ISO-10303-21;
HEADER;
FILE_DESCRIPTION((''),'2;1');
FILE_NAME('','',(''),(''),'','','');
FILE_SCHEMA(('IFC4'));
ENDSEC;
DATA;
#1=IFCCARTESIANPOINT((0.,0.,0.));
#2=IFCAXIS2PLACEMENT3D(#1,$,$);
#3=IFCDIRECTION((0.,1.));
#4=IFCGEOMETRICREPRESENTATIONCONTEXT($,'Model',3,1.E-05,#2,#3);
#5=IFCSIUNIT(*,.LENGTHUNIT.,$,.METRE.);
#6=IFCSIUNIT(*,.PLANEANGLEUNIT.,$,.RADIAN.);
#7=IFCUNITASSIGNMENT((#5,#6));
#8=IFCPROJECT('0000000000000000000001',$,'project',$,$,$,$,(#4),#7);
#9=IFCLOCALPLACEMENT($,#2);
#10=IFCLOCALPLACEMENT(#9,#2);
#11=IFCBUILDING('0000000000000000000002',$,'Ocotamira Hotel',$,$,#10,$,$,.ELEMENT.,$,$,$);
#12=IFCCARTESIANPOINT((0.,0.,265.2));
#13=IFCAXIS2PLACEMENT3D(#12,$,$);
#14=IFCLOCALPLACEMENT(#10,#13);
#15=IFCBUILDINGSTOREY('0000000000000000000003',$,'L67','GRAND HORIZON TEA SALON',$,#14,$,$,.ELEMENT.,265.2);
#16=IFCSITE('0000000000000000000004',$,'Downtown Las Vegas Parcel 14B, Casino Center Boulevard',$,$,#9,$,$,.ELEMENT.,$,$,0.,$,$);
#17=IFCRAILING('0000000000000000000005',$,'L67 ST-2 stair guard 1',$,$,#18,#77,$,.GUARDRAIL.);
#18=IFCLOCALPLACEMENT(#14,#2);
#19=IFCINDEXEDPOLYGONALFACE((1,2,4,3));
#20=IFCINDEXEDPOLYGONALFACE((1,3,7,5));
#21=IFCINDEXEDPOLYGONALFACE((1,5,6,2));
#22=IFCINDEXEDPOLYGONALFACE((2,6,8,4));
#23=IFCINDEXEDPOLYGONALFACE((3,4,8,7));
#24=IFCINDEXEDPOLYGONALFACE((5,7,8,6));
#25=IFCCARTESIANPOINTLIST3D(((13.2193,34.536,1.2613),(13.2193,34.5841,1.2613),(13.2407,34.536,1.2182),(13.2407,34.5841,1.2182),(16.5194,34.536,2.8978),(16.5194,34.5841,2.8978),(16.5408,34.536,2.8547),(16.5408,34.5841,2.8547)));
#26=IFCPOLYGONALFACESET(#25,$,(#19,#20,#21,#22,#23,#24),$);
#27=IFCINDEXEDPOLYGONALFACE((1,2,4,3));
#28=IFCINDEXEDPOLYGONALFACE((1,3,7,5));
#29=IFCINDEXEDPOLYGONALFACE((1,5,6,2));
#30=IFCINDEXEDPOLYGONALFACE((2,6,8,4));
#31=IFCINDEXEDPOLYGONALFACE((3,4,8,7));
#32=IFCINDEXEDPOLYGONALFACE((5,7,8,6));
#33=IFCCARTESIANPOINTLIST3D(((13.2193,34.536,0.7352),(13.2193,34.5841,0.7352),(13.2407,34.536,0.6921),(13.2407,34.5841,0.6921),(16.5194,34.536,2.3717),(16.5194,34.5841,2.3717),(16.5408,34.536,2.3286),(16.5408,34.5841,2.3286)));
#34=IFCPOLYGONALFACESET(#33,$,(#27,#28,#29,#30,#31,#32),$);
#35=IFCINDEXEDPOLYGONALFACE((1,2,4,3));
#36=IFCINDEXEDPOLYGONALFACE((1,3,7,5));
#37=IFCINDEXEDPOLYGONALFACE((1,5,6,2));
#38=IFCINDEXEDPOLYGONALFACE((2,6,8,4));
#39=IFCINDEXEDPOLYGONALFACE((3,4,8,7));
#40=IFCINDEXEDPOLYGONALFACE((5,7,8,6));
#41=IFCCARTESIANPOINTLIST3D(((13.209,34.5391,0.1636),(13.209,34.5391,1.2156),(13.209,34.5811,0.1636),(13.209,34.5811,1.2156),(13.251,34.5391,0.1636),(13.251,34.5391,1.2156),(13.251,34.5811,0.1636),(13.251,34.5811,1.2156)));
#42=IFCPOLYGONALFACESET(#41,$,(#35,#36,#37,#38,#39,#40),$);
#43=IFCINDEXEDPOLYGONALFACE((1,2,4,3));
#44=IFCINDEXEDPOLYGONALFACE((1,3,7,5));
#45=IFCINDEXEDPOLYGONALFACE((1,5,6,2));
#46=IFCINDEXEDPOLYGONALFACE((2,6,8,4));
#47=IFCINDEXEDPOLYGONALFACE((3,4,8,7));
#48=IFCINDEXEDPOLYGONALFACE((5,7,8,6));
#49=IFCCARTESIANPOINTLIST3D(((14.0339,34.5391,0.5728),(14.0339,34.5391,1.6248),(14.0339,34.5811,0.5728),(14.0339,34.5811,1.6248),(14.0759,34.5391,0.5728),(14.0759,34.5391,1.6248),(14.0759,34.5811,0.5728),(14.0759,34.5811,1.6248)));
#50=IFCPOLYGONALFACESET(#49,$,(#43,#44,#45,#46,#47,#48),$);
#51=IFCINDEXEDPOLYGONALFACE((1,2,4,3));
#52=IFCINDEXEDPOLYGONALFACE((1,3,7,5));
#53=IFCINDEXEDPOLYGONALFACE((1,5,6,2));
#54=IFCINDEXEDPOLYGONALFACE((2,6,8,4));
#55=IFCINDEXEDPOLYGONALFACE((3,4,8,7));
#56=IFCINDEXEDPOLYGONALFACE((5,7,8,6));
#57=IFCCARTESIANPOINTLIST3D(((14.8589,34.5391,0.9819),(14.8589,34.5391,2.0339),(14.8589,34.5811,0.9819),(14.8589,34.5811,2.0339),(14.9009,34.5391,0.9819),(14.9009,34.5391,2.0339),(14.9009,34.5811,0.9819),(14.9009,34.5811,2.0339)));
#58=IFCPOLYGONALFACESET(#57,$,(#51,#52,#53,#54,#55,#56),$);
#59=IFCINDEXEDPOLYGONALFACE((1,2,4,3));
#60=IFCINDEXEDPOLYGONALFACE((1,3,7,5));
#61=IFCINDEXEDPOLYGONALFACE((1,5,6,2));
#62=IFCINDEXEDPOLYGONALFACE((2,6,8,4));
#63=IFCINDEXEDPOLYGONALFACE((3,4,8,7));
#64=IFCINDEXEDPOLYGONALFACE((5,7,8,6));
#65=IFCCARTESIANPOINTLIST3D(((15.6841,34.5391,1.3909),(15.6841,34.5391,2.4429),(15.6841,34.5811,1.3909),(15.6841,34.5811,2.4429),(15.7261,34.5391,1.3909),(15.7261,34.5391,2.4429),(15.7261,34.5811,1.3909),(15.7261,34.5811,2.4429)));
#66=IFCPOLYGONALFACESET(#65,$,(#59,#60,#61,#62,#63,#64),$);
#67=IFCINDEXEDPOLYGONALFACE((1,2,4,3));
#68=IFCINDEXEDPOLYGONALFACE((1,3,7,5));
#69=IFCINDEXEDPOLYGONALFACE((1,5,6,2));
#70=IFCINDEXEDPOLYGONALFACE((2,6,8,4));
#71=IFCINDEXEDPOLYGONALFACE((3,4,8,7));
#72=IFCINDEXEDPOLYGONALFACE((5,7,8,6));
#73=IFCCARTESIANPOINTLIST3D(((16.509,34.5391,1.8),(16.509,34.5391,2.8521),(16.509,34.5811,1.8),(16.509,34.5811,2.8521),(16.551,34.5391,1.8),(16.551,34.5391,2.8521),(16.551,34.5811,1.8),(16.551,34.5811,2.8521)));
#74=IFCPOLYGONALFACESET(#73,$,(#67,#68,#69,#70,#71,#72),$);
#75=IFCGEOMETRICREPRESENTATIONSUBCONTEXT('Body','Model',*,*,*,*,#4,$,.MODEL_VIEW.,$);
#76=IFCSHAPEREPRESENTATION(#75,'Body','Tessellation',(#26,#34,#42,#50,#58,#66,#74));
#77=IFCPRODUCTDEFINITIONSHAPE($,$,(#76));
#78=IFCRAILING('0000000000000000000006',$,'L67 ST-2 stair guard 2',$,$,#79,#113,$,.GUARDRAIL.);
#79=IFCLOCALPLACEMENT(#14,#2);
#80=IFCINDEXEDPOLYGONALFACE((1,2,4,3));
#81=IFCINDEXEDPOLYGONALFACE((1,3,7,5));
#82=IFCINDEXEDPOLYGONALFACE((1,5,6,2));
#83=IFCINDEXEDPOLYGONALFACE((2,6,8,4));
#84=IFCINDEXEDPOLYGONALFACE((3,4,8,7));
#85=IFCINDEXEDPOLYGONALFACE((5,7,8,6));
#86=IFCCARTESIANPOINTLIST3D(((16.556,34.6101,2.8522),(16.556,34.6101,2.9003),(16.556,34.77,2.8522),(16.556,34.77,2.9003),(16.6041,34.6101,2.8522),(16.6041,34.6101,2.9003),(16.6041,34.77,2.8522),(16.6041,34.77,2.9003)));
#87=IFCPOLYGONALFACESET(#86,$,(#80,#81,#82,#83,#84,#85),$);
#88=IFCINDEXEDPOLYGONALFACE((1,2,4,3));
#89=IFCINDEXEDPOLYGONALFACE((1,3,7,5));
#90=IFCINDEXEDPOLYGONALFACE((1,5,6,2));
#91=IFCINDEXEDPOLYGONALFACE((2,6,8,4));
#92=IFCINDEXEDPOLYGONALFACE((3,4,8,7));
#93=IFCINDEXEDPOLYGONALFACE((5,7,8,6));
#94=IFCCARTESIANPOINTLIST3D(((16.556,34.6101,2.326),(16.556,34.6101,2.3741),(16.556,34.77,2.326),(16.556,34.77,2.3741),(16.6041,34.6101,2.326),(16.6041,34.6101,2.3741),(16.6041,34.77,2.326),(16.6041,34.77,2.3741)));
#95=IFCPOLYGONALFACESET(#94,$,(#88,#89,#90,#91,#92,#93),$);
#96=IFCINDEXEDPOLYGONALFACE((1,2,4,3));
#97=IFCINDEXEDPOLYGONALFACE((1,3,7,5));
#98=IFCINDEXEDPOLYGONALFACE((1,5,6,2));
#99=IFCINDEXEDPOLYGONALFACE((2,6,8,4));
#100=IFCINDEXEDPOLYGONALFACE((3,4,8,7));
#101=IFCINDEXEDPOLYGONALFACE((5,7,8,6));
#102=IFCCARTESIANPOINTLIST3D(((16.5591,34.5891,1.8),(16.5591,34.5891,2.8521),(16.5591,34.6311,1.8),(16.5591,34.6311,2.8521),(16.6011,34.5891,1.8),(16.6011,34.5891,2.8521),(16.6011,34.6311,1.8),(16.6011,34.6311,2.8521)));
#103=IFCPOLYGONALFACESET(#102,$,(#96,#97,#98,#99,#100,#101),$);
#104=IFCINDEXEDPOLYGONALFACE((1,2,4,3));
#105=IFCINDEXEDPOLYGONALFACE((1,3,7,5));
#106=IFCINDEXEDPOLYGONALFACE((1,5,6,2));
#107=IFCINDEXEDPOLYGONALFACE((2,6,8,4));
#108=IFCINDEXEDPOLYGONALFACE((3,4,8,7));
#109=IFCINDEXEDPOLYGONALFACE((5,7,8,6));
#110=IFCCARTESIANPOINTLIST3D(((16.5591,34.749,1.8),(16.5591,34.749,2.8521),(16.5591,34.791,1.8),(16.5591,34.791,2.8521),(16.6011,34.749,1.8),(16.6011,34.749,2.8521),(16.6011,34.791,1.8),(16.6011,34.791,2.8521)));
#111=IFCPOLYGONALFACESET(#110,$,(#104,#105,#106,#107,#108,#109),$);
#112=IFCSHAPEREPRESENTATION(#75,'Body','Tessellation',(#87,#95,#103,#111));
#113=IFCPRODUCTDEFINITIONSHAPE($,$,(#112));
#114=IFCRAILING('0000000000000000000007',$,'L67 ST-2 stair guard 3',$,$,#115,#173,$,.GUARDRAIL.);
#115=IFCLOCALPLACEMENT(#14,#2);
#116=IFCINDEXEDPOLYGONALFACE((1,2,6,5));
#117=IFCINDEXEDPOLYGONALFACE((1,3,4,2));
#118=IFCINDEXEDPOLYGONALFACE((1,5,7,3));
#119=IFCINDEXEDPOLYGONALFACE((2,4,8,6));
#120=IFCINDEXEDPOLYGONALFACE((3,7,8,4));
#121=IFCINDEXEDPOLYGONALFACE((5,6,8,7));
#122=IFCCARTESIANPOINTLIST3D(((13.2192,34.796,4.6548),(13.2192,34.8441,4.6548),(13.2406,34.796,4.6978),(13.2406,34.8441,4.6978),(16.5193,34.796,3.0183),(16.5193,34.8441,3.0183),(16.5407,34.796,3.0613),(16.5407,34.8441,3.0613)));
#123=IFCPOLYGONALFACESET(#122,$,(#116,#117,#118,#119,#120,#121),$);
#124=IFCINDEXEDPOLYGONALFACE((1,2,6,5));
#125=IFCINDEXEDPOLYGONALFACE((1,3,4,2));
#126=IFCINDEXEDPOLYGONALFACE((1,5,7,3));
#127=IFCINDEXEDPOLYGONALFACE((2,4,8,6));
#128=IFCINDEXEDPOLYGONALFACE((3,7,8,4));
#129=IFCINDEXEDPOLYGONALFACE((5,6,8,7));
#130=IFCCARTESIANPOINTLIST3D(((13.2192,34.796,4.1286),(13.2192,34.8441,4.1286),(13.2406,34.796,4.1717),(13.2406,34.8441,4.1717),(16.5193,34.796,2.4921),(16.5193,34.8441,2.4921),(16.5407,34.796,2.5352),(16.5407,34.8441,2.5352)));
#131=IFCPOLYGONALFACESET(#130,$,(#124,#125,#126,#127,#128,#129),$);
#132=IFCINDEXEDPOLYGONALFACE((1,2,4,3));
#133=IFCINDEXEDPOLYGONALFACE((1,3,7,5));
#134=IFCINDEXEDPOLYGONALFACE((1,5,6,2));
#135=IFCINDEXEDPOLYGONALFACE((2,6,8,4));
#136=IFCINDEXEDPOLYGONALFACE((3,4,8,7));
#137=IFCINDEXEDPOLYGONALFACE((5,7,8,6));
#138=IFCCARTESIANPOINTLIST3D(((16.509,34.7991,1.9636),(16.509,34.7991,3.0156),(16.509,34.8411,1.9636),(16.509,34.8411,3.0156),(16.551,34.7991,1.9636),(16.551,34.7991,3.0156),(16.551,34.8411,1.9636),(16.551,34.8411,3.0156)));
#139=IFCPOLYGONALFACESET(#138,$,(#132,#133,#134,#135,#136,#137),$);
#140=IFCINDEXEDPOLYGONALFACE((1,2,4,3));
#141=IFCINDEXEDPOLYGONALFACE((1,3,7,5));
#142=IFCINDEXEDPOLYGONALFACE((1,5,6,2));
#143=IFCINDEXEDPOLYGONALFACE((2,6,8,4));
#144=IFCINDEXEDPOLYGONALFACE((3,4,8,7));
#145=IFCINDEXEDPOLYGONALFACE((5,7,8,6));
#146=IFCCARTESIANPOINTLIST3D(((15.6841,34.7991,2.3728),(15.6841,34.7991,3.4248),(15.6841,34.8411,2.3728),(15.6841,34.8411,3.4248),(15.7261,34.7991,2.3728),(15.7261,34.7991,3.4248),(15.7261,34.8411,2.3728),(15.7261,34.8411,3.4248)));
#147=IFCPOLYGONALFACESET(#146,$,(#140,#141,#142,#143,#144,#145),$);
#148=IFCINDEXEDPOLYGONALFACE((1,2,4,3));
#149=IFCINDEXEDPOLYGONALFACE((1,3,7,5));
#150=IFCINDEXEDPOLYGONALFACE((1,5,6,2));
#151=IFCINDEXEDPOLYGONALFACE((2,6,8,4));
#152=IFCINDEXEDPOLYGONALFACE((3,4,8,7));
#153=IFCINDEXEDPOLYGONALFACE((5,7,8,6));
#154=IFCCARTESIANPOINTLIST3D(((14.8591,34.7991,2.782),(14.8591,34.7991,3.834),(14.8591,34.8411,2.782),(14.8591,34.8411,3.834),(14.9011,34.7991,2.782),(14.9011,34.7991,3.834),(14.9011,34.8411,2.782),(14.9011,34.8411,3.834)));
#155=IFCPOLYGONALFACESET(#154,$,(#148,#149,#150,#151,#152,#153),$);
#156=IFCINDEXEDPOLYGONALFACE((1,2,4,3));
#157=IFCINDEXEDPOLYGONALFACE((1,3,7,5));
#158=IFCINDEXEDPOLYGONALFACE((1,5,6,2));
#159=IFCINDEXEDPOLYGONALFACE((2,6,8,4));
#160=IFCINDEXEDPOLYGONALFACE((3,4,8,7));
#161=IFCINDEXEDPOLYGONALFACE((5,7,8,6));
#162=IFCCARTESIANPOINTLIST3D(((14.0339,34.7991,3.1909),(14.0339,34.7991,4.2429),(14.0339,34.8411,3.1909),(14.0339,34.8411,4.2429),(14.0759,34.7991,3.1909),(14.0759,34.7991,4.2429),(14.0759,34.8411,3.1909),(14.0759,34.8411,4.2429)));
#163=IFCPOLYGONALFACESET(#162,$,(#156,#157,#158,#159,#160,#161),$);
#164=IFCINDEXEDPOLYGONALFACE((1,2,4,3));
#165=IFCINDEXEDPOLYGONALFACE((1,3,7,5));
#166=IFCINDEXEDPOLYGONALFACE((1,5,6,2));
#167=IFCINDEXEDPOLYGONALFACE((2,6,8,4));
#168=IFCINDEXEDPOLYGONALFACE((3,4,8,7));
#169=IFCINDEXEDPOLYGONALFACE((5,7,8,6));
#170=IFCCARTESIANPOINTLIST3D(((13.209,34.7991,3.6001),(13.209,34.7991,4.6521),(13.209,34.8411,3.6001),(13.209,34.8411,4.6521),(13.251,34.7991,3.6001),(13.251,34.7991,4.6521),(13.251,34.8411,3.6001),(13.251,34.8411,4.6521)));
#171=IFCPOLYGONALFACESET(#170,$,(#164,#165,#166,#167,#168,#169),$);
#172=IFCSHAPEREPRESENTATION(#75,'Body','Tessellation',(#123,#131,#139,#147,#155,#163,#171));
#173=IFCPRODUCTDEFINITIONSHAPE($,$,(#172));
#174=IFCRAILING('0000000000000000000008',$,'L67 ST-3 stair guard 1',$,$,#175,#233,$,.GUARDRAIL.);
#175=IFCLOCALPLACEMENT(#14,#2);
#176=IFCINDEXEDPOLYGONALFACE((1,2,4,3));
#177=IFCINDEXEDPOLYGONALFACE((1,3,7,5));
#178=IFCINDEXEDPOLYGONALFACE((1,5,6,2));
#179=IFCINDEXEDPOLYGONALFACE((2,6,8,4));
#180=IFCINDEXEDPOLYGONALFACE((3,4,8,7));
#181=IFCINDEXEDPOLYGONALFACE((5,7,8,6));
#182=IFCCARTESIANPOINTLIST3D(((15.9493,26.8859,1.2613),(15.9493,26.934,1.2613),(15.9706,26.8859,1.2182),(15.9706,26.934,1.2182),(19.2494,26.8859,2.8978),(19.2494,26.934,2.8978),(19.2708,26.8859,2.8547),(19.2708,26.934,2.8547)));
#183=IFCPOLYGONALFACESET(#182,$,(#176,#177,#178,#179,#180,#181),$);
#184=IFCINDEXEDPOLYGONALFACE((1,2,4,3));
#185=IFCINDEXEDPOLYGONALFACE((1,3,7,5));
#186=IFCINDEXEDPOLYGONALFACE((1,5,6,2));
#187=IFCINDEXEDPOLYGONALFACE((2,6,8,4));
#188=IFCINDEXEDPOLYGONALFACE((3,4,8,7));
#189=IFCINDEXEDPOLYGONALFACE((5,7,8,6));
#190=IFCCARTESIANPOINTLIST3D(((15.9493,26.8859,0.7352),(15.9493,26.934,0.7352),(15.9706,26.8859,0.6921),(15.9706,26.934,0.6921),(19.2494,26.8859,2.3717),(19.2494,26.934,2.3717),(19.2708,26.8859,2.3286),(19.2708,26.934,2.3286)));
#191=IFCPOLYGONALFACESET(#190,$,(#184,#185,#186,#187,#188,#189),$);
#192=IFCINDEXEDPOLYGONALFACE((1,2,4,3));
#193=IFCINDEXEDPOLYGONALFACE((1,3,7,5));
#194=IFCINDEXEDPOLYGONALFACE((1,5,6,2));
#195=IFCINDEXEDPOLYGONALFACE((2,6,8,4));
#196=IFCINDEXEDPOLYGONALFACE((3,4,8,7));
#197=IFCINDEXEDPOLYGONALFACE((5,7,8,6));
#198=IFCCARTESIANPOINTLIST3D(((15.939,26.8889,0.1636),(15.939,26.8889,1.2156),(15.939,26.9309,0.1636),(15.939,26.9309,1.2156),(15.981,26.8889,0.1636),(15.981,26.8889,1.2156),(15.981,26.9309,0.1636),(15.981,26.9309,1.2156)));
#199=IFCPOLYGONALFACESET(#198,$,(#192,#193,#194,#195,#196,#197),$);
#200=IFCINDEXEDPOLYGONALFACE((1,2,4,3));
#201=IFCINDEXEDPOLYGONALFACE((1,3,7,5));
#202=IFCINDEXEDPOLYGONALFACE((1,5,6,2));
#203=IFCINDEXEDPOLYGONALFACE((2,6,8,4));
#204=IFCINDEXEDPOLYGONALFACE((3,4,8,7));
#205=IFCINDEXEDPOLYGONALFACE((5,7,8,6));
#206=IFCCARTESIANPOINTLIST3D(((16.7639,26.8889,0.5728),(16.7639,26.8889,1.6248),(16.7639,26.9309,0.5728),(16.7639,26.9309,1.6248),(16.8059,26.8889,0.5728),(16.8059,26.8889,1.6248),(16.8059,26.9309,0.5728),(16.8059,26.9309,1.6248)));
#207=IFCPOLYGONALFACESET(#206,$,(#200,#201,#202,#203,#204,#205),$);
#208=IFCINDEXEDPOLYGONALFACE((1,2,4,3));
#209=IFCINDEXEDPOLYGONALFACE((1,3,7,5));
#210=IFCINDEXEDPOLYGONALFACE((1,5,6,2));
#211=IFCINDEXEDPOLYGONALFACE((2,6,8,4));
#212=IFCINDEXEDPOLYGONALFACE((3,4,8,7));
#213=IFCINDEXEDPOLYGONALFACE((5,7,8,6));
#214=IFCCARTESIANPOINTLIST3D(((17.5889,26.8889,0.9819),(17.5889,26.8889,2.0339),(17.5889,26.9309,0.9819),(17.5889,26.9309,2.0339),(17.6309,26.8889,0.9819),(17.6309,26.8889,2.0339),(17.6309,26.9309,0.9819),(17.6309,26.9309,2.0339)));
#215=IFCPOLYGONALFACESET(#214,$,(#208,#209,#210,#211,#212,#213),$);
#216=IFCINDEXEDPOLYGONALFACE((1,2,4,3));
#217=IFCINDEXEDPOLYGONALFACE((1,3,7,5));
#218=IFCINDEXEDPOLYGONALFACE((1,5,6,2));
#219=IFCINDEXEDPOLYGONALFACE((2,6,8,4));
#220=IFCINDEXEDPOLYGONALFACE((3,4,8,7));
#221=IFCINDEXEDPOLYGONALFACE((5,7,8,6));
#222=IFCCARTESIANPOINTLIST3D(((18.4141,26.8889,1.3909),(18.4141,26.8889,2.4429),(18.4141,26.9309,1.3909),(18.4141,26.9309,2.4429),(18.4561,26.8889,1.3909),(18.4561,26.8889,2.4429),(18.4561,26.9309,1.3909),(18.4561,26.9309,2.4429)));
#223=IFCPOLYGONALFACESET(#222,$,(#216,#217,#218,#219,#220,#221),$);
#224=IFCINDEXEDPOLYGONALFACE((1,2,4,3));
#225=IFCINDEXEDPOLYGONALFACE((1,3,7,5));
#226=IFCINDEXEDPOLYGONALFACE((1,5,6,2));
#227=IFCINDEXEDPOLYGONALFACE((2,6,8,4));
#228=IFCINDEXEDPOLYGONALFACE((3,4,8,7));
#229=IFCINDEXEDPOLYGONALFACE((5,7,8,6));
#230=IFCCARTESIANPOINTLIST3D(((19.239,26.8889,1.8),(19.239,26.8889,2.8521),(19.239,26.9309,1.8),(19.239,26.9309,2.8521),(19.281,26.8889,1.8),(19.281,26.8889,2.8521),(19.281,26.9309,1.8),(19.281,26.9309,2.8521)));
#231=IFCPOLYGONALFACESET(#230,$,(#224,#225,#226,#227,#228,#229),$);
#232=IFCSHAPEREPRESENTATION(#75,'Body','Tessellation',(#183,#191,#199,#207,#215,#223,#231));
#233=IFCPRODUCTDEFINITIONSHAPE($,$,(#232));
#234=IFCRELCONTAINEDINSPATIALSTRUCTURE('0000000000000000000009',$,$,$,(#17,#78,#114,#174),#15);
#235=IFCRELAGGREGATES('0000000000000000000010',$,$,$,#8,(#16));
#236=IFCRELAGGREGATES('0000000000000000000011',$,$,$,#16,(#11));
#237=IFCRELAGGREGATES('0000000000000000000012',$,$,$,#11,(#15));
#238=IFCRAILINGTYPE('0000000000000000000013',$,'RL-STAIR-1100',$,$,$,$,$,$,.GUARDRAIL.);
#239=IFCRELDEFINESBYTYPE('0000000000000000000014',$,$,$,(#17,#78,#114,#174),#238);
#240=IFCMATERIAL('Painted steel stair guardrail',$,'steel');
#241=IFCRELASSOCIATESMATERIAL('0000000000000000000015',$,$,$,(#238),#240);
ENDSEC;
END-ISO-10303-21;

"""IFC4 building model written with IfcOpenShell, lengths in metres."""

from ifc_helpers import new_model, si_unit, direction, frame, origin, origin_2d, place, context, subcontext, project, spatial, rectangle, extrude, material, type_object, element, save


model = new_model("IFC4")

# Units and contexts
model_context = context("Model", 3, precision=1e-05, world=origin(), true_north=direction((0.0, 1.0)))
body_context = subcontext(model_context, "Body", "Model", "MODEL_VIEW")
ifc_project = project(units=[si_unit("LENGTHUNIT", "METRE"), si_unit("PLANEANGLEUNIT", "RADIAN")], contexts=[model_context])

# Site, building, storey
site_placement = place(None, origin())
site = spatial("IfcSite", under=ifc_project, at=site_placement, Name="Downtown Las Vegas Parcel 14B, Casino Center Boulevard", CompositionType="ELEMENT", RefElevation=0.0)
building_placement = place(site_placement, origin())
building = spatial("IfcBuilding", under=site, at=building_placement, Name="Ocotamira Hotel", CompositionType="ELEMENT")
storey_placement = place(building_placement, frame((0.0, 0.0, 265.2)))
storey = spatial("IfcBuildingStorey", under=building, at=storey_placement, Name="L67", Description="GRAND HORIZON TEA SALON", CompositionType="ELEMENT", Elevation=265.2)

# Railings
ifc_material_1 = material(Name="Painted steel stair guardrail", Category="steel")
railing_type_1 = type_object("IfcRailingType", Name="RL-STAIR-1100", PredefinedType="GUARDRAIL", material=ifc_material_1)
railing_1_placement = place(storey_placement, frame((13.23, 34.5601, 0.1636)))
element("IfcRailing", 1, at=railing_1_placement, inside=storey, type_object=railing_type_1, Name="L67 ST-2 stair guard 1", PredefinedType="GUARDRAIL", context=body_context, shape_type="SweptSolid", body=[
    extrude(rectangle(XDim=0.0481, YDim=0.0481, at=origin_2d()), frame((0.0, 0.0, 1.0762), z_axis=(0.895894, 0.0, 0.444268), x_axis=(0.0, 1.0, 0.0)), (0.0, 0.0, 1.0), 3.6836),
    extrude(rectangle(XDim=0.0481, YDim=0.0481, at=origin_2d()), frame((0.0, 0.0, 0.55), z_axis=(0.895894, 0.0, 0.444268), x_axis=(0.0, 1.0, 0.0)), (0.0, 0.0, 1.0), 3.6836),
    extrude(rectangle(XDim=0.042, YDim=0.042, at=origin_2d()), origin(), (0.0, 0.0, 1.0), 1.052),
    extrude(rectangle(XDim=0.042, YDim=0.042, at=origin_2d()), frame((0.825, 0.0, 0.4092)), (0.0, 0.0, 1.0), 1.052),
    extrude(rectangle(XDim=0.042, YDim=0.042, at=origin_2d()), frame((1.6499, 0.0, 0.8184)), (0.0, 0.0, 1.0), 1.052),
    extrude(rectangle(XDim=0.042, YDim=0.042, at=origin_2d()), frame((2.4751, 0.0, 1.2273)), (0.0, 0.0, 1.0), 1.052),
    extrude(rectangle(XDim=0.042, YDim=0.042, at=origin_2d()), frame((3.3, 0.0, 1.6365)), (0.0, 0.0, 1.0), 1.052),
])
railing_2_placement = place(storey_placement, frame((16.5801, 34.6101, 1.8)))
element("IfcRailing", 2, at=railing_2_placement, inside=storey, type_object=railing_type_1, Name="L67 ST-2 stair guard 2", PredefinedType="GUARDRAIL", context=body_context, shape_type="SweptSolid", body=[
    extrude(rectangle(XDim=0.0481, YDim=0.0481, at=origin_2d()), frame((0.0, 0.0, 1.0762), z_axis=(0.0, 1.0, 0.0), x_axis=(-1.0, 0.0, 0.0)), (0.0, 0.0, 1.0), 0.1599),
    extrude(rectangle(XDim=0.0481, YDim=0.0481, at=origin_2d()), frame((0.0, 0.0, 0.55), z_axis=(0.0, 1.0, 0.0), x_axis=(-1.0, 0.0, 0.0)), (0.0, 0.0, 1.0), 0.1599),
    extrude(rectangle(XDim=0.042, YDim=0.042, at=origin_2d()), origin(), (0.0, 0.0, 1.0), 1.052),
    extrude(rectangle(XDim=0.042, YDim=0.042, at=origin_2d()), frame((0.0, 0.1599, 0.0)), (0.0, 0.0, 1.0), 1.052),
])
railing_3_placement = place(storey_placement, frame((16.53, 34.8201, 1.9636)))
element("IfcRailing", 3, at=railing_3_placement, inside=storey, type_object=railing_type_1, Name="L67 ST-2 stair guard 3", PredefinedType="GUARDRAIL", context=body_context, shape_type="SweptSolid", body=[
    extrude(rectangle(XDim=0.0481, YDim=0.0481, at=origin_2d()), frame((0.0, 0.0, 1.0762), z_axis=(-0.895894, 0.0, 0.444268), x_axis=(0.0, -1.0, 0.0)), (0.0, 0.0, 1.0), 3.6836),
    extrude(rectangle(XDim=0.0481, YDim=0.0481, at=origin_2d()), frame((0.0, 0.0, 0.55), z_axis=(-0.895894, 0.0, 0.444268), x_axis=(0.0, -1.0, 0.0)), (0.0, 0.0, 1.0), 3.6836),
    extrude(rectangle(XDim=0.042, YDim=0.042, at=origin_2d()), origin(), (0.0, 0.0, 1.0), 1.052),
    extrude(rectangle(XDim=0.042, YDim=0.042, at=origin_2d()), frame((-0.825, 0.0, 0.4092)), (0.0, 0.0, 1.0), 1.052),
    extrude(rectangle(XDim=0.042, YDim=0.042, at=origin_2d()), frame((-1.6499, 0.0, 0.8184)), (0.0, 0.0, 1.0), 1.052),
    extrude(rectangle(XDim=0.042, YDim=0.042, at=origin_2d()), frame((-2.4751, 0.0, 1.2273)), (0.0, 0.0, 1.0), 1.052),
    extrude(rectangle(XDim=0.042, YDim=0.042, at=origin_2d()), frame((-3.3, 0.0, 1.6365)), (0.0, 0.0, 1.0), 1.052),
])
railing_4_placement = place(storey_placement, frame((15.96, 26.9099, 0.1636)))
element("IfcRailing", 4, at=railing_4_placement, inside=storey, type_object=railing_type_1, Name="L67 ST-3 stair guard 1", PredefinedType="GUARDRAIL", context=body_context, shape_type="SweptSolid", body=[
    extrude(rectangle(XDim=0.0481, YDim=0.0481, at=origin_2d()), frame((0.0, 0.0, 1.0762), z_axis=(0.895894, 0.0, 0.444268), x_axis=(0.0, 1.0, 0.0)), (0.0, 0.0, 1.0), 3.6836),
    extrude(rectangle(XDim=0.0481, YDim=0.0481, at=origin_2d()), frame((0.0, 0.0, 0.55), z_axis=(0.895894, 0.0, 0.444268), x_axis=(0.0, 1.0, 0.0)), (0.0, 0.0, 1.0), 3.6836),
    extrude(rectangle(XDim=0.042, YDim=0.042, at=origin_2d()), origin(), (0.0, 0.0, 1.0), 1.052),
    extrude(rectangle(XDim=0.042, YDim=0.042, at=origin_2d()), frame((0.825, 0.0, 0.4092)), (0.0, 0.0, 1.0), 1.052),
    extrude(rectangle(XDim=0.042, YDim=0.042, at=origin_2d()), frame((1.6499, 0.0, 0.8184)), (0.0, 0.0, 1.0), 1.052),
    extrude(rectangle(XDim=0.042, YDim=0.042, at=origin_2d()), frame((2.4751, 0.0, 1.2273)), (0.0, 0.0, 1.0), 1.052),
    extrude(rectangle(XDim=0.042, YDim=0.042, at=origin_2d()), frame((3.3, 0.0, 1.6365)), (0.0, 0.0, 1.0), 1.052),
])

save(model, "model.ifc")
